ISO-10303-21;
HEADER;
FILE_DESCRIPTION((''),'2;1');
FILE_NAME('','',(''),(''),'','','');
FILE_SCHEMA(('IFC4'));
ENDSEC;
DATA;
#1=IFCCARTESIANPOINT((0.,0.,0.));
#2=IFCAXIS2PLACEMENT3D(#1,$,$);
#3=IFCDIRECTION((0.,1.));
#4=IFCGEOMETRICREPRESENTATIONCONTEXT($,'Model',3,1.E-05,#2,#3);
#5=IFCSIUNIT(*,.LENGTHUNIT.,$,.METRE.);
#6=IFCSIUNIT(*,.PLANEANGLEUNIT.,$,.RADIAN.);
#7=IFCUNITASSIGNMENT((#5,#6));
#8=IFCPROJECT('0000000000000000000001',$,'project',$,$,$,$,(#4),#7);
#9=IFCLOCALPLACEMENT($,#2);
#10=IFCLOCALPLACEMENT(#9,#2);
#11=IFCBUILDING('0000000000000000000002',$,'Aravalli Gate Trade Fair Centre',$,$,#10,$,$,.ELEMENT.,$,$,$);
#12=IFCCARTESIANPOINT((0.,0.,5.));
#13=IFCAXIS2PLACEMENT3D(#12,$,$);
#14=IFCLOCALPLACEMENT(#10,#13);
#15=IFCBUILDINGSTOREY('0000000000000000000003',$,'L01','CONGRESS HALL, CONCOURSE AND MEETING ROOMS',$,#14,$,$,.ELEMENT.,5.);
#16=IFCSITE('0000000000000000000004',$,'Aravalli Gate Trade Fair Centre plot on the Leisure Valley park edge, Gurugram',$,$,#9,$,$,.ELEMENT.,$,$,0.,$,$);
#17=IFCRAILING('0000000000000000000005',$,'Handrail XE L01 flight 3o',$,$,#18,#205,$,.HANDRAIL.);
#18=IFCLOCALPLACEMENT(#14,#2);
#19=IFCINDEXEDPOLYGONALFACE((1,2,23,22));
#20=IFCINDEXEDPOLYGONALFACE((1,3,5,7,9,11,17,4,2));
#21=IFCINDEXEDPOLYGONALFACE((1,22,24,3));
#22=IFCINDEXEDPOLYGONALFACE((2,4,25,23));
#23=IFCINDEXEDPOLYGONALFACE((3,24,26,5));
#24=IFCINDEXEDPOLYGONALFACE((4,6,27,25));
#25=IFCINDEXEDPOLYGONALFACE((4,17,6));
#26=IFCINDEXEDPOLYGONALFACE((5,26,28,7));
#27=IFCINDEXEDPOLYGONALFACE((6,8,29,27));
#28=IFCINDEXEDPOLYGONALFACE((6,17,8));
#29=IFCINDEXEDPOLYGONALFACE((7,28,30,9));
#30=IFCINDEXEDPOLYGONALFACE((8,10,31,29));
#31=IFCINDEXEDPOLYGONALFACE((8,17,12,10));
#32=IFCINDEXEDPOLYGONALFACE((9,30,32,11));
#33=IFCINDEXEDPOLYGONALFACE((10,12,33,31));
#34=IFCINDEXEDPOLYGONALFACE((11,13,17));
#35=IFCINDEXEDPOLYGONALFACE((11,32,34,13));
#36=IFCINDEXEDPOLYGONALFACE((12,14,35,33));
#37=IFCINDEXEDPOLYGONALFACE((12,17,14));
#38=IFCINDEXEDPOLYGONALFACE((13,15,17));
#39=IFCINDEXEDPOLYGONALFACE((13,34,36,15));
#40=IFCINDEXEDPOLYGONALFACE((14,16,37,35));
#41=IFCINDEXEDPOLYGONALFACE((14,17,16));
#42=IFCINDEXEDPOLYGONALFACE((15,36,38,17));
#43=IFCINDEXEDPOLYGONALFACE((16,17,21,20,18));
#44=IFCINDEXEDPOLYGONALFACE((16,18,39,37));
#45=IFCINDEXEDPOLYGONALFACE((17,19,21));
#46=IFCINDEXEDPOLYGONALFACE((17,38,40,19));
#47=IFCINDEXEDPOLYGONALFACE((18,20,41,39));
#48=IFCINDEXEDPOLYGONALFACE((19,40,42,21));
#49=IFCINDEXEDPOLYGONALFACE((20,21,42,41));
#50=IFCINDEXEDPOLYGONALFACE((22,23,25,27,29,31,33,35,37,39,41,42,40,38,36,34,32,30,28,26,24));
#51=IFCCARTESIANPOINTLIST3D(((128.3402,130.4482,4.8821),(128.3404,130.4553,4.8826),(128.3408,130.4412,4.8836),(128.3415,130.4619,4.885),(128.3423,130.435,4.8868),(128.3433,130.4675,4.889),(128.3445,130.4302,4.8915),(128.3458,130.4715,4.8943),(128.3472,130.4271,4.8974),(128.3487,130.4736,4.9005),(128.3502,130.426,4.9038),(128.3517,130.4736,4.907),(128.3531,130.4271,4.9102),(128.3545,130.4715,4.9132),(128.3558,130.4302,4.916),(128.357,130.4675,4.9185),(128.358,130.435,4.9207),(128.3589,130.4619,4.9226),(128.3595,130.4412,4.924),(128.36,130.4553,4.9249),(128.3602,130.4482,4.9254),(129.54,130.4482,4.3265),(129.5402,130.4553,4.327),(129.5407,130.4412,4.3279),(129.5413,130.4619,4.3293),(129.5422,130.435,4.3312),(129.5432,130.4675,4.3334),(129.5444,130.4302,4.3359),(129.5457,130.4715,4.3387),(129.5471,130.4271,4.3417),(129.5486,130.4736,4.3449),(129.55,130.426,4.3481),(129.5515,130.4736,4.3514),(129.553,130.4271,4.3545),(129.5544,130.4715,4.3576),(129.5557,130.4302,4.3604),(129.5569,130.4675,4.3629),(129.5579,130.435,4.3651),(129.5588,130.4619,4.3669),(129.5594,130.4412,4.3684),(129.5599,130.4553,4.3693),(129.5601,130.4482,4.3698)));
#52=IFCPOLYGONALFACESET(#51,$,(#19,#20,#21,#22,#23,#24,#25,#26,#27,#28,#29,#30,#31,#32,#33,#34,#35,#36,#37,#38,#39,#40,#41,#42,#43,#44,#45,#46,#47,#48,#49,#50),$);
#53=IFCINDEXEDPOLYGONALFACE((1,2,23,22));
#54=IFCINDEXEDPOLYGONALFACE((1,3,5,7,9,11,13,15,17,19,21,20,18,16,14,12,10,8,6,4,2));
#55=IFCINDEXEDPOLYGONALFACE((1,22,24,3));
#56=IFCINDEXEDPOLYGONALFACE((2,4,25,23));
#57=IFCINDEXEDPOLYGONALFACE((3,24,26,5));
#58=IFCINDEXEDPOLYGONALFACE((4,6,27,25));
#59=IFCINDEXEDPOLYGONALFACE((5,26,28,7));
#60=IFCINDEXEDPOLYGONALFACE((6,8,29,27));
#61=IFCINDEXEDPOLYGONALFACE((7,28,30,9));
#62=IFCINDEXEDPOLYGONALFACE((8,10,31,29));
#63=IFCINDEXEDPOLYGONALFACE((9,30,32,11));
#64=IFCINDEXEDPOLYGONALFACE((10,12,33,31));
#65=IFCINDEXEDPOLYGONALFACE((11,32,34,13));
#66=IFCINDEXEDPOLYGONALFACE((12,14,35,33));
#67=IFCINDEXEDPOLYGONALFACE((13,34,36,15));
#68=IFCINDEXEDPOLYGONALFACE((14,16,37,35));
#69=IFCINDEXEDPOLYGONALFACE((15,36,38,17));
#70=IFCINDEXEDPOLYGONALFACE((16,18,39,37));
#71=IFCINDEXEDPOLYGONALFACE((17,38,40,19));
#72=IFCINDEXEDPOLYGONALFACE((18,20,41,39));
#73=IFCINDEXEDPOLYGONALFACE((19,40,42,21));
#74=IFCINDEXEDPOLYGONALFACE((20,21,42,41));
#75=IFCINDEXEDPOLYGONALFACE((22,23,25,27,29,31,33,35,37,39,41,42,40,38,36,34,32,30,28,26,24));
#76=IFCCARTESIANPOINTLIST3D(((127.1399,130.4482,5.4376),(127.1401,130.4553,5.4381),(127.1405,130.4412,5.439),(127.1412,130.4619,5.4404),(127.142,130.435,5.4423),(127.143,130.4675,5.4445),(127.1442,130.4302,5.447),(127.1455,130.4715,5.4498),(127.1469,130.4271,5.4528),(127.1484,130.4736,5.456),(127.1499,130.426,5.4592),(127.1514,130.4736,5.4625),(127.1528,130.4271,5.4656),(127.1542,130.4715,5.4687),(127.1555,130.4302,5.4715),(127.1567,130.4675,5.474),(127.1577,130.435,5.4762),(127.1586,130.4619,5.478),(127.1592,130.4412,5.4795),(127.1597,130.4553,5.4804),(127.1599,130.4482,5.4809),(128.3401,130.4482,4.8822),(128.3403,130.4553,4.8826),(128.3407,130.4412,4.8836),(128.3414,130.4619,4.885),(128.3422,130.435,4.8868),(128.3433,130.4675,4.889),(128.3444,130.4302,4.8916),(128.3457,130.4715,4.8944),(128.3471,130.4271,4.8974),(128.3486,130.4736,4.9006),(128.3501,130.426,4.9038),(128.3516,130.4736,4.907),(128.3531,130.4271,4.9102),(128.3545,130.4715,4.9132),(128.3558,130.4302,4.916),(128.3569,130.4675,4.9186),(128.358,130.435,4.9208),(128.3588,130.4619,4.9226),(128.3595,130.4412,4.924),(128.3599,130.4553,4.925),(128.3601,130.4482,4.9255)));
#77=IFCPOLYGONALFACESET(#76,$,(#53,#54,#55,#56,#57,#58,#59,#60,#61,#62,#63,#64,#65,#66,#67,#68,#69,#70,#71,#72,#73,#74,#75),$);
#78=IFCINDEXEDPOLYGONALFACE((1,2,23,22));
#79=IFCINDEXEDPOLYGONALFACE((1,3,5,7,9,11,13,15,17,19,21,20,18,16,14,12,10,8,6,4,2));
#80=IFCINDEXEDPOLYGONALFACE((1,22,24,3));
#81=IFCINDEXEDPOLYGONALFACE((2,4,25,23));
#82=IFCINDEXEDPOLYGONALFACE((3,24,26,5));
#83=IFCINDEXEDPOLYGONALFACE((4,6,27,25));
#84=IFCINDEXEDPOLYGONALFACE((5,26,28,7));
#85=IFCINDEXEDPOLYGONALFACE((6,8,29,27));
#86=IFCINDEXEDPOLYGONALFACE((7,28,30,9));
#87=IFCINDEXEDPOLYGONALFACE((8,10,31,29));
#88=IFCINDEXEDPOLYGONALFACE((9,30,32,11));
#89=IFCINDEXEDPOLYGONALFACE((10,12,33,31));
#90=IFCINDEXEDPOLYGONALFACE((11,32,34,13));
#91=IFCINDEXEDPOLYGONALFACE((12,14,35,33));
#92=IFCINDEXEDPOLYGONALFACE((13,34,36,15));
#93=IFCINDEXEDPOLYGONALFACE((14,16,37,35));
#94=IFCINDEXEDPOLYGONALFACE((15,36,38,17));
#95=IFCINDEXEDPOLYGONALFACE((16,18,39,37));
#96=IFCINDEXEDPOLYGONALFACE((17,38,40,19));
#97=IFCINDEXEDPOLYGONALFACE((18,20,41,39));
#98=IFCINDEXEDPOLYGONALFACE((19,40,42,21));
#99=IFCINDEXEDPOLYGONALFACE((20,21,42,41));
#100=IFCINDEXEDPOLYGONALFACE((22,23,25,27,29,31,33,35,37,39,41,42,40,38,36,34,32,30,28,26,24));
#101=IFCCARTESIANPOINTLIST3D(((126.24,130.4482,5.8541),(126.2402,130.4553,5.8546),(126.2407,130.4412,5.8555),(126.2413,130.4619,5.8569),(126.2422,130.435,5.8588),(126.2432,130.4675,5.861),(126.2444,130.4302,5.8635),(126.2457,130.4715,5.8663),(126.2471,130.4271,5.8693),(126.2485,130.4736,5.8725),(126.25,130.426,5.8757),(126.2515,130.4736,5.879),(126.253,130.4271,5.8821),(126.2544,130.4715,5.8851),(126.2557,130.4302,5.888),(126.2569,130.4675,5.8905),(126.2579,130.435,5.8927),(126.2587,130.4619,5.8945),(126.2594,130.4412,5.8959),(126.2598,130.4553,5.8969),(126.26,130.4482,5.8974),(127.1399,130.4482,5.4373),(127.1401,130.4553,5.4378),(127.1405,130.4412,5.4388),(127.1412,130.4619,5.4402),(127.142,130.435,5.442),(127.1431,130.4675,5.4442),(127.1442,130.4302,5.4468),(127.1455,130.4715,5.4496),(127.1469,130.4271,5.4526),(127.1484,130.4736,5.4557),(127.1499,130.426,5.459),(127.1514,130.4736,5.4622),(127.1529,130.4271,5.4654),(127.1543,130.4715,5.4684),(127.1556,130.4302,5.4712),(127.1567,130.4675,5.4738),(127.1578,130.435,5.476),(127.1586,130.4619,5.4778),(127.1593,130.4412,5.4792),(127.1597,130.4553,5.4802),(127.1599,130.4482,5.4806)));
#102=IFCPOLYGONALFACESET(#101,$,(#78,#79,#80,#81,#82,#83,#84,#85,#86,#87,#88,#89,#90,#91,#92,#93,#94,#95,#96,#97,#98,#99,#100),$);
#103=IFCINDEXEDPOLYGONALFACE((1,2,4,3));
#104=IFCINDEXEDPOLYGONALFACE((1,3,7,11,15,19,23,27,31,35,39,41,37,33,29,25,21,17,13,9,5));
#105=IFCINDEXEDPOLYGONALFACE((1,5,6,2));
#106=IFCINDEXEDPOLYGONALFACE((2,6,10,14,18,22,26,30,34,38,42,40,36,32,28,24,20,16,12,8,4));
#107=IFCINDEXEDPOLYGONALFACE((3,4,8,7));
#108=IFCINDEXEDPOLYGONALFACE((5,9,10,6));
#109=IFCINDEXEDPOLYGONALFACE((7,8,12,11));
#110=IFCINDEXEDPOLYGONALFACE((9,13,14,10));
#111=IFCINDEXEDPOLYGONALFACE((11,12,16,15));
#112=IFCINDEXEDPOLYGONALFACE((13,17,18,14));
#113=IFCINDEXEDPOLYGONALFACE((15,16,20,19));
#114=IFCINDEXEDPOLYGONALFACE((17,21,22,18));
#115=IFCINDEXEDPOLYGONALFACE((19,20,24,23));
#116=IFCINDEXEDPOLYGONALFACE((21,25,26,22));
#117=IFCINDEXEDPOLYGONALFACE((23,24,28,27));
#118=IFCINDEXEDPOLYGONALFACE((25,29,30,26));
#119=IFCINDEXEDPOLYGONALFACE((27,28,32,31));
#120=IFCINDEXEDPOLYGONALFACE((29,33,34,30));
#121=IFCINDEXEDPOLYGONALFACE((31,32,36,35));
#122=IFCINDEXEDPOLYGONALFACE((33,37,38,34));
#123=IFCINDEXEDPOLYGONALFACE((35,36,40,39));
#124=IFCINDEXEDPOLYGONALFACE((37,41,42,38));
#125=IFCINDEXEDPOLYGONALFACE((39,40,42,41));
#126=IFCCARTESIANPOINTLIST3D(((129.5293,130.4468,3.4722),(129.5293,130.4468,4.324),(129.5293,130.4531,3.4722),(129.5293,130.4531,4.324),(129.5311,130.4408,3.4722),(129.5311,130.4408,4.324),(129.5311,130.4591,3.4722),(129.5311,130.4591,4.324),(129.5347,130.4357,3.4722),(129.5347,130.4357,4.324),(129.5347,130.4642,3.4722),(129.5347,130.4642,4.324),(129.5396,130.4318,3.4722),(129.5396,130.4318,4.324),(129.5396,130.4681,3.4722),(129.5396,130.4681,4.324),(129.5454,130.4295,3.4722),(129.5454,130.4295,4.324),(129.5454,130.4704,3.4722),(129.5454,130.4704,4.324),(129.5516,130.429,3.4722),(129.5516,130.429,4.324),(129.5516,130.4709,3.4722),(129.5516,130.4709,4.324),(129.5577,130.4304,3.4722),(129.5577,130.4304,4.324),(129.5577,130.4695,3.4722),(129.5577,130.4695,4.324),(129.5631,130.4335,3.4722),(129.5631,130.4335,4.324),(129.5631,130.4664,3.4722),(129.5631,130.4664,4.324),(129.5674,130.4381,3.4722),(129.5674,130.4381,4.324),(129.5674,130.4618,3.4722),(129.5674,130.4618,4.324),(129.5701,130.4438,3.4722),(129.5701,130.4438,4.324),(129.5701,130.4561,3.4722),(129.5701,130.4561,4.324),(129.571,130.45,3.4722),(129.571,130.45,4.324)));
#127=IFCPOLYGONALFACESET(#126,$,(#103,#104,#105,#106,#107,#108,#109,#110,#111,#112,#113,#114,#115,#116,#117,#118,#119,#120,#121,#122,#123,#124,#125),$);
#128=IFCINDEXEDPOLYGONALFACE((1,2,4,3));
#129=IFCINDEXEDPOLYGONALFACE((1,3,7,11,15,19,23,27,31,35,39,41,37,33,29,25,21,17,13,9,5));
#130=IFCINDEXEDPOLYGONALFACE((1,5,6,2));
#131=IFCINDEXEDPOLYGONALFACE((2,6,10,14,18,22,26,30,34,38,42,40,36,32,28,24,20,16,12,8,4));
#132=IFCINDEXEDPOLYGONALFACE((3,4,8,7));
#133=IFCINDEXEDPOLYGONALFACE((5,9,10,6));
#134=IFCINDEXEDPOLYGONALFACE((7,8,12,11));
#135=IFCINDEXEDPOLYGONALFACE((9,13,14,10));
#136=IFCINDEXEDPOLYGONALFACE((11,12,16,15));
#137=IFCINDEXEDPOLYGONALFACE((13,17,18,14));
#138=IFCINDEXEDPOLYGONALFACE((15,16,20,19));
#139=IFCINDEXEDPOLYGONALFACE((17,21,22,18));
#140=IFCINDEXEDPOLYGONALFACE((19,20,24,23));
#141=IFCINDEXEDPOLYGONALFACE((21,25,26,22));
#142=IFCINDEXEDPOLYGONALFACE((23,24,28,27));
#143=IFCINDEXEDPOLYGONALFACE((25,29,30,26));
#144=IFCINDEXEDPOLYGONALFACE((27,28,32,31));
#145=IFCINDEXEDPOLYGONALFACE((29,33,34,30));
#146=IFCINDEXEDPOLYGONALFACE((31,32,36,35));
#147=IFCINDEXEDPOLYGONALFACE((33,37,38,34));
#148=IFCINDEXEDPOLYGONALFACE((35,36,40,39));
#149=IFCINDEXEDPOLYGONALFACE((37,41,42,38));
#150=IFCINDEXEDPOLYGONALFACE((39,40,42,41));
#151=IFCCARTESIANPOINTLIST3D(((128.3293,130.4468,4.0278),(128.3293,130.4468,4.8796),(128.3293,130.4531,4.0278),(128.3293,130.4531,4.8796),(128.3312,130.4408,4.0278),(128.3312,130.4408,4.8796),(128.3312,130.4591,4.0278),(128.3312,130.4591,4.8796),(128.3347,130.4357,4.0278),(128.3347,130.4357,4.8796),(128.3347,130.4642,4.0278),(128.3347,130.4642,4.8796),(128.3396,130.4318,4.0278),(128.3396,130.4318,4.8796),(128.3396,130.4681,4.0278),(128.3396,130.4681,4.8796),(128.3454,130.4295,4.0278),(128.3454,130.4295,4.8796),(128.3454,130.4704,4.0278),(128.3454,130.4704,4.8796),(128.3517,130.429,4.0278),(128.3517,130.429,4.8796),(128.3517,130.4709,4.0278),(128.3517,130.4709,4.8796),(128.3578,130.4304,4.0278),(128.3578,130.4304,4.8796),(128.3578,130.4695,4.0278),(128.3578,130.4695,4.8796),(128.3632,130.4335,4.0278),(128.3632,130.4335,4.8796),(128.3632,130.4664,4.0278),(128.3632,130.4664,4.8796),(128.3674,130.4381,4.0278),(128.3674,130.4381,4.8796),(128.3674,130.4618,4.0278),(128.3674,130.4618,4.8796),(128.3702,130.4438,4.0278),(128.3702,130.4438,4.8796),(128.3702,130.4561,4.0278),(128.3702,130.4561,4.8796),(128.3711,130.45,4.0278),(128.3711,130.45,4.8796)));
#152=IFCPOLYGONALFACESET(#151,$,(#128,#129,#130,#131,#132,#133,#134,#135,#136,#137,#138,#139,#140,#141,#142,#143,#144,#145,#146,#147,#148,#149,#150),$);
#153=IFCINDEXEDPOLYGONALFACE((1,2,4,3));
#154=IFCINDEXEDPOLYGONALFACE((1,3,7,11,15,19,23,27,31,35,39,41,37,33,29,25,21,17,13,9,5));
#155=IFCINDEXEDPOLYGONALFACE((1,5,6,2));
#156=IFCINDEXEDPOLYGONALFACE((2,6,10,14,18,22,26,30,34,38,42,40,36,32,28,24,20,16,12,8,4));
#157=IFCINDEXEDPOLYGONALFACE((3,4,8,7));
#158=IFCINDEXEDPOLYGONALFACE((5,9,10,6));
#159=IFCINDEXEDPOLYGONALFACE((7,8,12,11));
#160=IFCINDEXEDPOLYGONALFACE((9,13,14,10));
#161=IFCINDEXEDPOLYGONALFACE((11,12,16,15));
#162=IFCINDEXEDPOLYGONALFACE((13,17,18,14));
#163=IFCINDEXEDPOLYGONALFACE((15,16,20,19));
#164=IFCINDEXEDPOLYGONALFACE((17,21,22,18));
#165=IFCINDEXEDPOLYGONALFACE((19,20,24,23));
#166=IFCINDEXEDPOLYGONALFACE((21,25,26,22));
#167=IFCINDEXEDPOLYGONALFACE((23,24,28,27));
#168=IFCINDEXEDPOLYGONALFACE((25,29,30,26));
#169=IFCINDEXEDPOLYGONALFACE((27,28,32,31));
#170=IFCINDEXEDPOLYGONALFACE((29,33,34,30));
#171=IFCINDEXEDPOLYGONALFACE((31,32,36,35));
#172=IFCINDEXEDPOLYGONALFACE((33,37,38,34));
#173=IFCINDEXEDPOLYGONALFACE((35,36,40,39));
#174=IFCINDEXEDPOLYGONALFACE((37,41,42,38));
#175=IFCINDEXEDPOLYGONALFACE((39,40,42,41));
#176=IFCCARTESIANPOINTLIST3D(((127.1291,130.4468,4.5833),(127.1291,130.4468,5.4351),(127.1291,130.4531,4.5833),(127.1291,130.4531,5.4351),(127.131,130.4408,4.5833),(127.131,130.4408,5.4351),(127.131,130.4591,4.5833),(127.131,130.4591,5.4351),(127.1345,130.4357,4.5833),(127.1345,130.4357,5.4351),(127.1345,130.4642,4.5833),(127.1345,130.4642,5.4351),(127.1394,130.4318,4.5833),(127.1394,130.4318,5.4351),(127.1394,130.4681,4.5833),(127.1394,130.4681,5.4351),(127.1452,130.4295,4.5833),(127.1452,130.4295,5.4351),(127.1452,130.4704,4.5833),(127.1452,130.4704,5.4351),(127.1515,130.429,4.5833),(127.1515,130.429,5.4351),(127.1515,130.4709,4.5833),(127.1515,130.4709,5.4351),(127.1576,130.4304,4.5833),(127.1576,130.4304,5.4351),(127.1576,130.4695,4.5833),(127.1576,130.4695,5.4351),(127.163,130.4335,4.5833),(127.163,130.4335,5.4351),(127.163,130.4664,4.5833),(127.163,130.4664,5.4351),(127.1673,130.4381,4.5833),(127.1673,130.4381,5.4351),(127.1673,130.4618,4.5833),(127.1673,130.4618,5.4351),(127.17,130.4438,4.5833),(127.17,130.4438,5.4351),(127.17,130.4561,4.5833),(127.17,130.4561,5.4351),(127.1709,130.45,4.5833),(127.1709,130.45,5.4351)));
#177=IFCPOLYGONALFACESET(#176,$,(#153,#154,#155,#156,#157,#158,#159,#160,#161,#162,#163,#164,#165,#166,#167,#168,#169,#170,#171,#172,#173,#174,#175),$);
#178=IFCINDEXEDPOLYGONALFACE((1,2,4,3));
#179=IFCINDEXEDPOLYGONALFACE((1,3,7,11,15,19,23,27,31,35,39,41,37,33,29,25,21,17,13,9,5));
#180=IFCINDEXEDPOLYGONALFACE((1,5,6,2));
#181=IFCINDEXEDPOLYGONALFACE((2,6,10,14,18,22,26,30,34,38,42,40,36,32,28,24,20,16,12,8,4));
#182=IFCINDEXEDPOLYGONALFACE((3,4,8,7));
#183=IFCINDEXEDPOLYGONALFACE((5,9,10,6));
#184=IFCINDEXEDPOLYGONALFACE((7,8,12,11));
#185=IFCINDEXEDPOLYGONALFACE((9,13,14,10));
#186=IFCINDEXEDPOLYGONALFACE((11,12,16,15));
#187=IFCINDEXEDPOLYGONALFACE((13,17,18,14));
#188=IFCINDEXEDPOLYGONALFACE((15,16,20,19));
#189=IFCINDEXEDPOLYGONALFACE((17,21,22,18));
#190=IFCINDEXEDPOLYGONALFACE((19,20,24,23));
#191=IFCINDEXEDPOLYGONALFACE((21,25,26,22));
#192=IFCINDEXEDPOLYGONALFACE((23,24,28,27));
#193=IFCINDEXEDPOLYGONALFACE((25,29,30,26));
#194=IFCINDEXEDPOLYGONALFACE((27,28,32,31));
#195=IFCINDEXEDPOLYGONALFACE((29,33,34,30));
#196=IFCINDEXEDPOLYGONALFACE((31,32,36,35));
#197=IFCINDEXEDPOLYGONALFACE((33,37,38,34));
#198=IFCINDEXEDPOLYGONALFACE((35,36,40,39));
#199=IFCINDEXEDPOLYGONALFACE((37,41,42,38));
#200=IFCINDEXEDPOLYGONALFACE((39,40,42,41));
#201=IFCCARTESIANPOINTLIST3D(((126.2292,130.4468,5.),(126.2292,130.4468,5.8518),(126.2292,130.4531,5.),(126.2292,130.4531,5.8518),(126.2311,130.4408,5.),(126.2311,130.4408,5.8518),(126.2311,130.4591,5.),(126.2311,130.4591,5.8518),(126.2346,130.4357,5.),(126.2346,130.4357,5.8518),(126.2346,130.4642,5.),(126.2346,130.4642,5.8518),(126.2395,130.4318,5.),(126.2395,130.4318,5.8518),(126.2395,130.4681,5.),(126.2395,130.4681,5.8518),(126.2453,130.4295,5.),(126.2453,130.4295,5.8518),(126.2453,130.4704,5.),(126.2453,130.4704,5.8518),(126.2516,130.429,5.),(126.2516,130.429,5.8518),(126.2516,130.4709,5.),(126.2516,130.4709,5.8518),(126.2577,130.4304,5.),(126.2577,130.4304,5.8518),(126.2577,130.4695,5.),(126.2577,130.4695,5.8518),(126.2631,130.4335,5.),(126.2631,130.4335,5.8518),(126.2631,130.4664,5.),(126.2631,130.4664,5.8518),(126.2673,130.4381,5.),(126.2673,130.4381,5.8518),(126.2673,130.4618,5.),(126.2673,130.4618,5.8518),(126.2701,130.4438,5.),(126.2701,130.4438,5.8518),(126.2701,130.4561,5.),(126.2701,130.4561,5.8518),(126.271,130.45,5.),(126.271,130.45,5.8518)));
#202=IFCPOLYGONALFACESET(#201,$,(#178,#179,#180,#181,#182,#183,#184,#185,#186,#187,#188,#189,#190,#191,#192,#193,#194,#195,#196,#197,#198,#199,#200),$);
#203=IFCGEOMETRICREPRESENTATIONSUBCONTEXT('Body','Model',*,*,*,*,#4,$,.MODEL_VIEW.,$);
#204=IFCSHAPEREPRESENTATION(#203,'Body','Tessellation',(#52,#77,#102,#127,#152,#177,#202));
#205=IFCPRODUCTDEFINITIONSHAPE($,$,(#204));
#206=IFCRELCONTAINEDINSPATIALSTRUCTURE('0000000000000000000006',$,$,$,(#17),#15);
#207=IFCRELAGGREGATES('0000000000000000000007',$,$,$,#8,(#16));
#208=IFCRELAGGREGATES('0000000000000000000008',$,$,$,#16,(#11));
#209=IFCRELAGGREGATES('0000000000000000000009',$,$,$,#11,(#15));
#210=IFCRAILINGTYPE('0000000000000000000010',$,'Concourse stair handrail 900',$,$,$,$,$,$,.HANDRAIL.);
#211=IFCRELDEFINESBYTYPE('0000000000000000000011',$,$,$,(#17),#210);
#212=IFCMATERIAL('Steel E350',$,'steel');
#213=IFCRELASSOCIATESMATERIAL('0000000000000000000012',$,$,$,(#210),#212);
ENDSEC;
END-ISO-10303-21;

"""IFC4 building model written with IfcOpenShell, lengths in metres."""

from ifc_helpers import new_model, si_unit, direction, frame, origin, origin_2d, place, context, subcontext, project, spatial, circle, extrude, material, type_object, element, save


model = new_model("IFC4")

# Units and contexts
model_context = context("Model", 3, precision=1e-05, world=origin(), true_north=direction((0.0, 1.0)))
body_context = subcontext(model_context, "Body", "Model", "MODEL_VIEW")
ifc_project = project(units=[si_unit("LENGTHUNIT", "METRE"), si_unit("PLANEANGLEUNIT", "RADIAN")], contexts=[model_context])

# Site, building, storey
site_placement = place(None, origin())
site = spatial("IfcSite", under=ifc_project, at=site_placement, Name="Aravalli Gate Trade Fair Centre plot on the Leisure Valley park edge, Gurugram", CompositionType="ELEMENT", RefElevation=0.0)
building_placement = place(site_placement, origin())
building = spatial("IfcBuilding", under=site, at=building_placement, Name="Aravalli Gate Trade Fair Centre", CompositionType="ELEMENT")
storey_placement = place(building_placement, frame((0.0, 0.0, 5.0)))
storey = spatial("IfcBuildingStorey", under=building, at=storey_placement, Name="L01", Description="CONGRESS HALL, CONCOURSE AND MEETING ROOMS", CompositionType="ELEMENT", Elevation=5.0)

# Shared definitions
ifc_material_1 = material(Name="Steel E350", Category="steel")

# Railing
railing_type = type_object("IfcRailingType", Name="Concourse stair handrail 900", PredefinedType="HANDRAIL", material=ifc_material_1)
for number, where, name in (
    (1, (129.55, 130.45, 3.4722), "Handrail XE L01 flight 3o"),
):
    element("IfcRailing", number, at=place(storey_placement, frame(where)), inside=storey, type_object=railing_type, Name=name, PredefinedType="HANDRAIL", context=body_context, shape_type="SweptSolid", body=[
        extrude(circle(Radius=0.0239, at=origin_2d()), frame((0.0, 0.0, 0.876), z_axis=(-0.907429, 0.0, 0.420205), x_axis=(0.0, -1.0, 0.0)), (0.0, 0.0, 1.0), 1.3223),
        extrude(circle(Radius=0.0239, at=origin_2d()), frame((-1.2, 0.0, 1.4316), z_axis=(-0.907532, 0.0, 0.419983), x_axis=(0.0, -1.0, 0.0)), (0.0, 0.0, 1.0), 1.3225),
        extrude(circle(Radius=0.0239, at=origin_2d()), frame((-2.4001, 0.0, 1.9868), z_axis=(-0.907418, 0.0, 0.420229), x_axis=(0.0, -1.0, 0.0)), (0.0, 0.0, 1.0), 0.9917),
        extrude(circle(Radius=0.021, at=origin_2d()), origin(), (0.0, 0.0, 1.0), 0.8518),
        extrude(circle(Radius=0.021, at=origin_2d()), frame((-1.2, 0.0, 0.5557)), (0.0, 0.0, 1.0), 0.8518),
        extrude(circle(Radius=0.021, at=origin_2d()), frame((-2.4001, 0.0, 1.1111)), (0.0, 0.0, 1.0), 0.8518),
        extrude(circle(Radius=0.021, at=origin_2d()), frame((-3.3, 0.0, 1.5278)), (0.0, 0.0, 1.0), 0.8518),
    ])

save(model, "model.ifc")
